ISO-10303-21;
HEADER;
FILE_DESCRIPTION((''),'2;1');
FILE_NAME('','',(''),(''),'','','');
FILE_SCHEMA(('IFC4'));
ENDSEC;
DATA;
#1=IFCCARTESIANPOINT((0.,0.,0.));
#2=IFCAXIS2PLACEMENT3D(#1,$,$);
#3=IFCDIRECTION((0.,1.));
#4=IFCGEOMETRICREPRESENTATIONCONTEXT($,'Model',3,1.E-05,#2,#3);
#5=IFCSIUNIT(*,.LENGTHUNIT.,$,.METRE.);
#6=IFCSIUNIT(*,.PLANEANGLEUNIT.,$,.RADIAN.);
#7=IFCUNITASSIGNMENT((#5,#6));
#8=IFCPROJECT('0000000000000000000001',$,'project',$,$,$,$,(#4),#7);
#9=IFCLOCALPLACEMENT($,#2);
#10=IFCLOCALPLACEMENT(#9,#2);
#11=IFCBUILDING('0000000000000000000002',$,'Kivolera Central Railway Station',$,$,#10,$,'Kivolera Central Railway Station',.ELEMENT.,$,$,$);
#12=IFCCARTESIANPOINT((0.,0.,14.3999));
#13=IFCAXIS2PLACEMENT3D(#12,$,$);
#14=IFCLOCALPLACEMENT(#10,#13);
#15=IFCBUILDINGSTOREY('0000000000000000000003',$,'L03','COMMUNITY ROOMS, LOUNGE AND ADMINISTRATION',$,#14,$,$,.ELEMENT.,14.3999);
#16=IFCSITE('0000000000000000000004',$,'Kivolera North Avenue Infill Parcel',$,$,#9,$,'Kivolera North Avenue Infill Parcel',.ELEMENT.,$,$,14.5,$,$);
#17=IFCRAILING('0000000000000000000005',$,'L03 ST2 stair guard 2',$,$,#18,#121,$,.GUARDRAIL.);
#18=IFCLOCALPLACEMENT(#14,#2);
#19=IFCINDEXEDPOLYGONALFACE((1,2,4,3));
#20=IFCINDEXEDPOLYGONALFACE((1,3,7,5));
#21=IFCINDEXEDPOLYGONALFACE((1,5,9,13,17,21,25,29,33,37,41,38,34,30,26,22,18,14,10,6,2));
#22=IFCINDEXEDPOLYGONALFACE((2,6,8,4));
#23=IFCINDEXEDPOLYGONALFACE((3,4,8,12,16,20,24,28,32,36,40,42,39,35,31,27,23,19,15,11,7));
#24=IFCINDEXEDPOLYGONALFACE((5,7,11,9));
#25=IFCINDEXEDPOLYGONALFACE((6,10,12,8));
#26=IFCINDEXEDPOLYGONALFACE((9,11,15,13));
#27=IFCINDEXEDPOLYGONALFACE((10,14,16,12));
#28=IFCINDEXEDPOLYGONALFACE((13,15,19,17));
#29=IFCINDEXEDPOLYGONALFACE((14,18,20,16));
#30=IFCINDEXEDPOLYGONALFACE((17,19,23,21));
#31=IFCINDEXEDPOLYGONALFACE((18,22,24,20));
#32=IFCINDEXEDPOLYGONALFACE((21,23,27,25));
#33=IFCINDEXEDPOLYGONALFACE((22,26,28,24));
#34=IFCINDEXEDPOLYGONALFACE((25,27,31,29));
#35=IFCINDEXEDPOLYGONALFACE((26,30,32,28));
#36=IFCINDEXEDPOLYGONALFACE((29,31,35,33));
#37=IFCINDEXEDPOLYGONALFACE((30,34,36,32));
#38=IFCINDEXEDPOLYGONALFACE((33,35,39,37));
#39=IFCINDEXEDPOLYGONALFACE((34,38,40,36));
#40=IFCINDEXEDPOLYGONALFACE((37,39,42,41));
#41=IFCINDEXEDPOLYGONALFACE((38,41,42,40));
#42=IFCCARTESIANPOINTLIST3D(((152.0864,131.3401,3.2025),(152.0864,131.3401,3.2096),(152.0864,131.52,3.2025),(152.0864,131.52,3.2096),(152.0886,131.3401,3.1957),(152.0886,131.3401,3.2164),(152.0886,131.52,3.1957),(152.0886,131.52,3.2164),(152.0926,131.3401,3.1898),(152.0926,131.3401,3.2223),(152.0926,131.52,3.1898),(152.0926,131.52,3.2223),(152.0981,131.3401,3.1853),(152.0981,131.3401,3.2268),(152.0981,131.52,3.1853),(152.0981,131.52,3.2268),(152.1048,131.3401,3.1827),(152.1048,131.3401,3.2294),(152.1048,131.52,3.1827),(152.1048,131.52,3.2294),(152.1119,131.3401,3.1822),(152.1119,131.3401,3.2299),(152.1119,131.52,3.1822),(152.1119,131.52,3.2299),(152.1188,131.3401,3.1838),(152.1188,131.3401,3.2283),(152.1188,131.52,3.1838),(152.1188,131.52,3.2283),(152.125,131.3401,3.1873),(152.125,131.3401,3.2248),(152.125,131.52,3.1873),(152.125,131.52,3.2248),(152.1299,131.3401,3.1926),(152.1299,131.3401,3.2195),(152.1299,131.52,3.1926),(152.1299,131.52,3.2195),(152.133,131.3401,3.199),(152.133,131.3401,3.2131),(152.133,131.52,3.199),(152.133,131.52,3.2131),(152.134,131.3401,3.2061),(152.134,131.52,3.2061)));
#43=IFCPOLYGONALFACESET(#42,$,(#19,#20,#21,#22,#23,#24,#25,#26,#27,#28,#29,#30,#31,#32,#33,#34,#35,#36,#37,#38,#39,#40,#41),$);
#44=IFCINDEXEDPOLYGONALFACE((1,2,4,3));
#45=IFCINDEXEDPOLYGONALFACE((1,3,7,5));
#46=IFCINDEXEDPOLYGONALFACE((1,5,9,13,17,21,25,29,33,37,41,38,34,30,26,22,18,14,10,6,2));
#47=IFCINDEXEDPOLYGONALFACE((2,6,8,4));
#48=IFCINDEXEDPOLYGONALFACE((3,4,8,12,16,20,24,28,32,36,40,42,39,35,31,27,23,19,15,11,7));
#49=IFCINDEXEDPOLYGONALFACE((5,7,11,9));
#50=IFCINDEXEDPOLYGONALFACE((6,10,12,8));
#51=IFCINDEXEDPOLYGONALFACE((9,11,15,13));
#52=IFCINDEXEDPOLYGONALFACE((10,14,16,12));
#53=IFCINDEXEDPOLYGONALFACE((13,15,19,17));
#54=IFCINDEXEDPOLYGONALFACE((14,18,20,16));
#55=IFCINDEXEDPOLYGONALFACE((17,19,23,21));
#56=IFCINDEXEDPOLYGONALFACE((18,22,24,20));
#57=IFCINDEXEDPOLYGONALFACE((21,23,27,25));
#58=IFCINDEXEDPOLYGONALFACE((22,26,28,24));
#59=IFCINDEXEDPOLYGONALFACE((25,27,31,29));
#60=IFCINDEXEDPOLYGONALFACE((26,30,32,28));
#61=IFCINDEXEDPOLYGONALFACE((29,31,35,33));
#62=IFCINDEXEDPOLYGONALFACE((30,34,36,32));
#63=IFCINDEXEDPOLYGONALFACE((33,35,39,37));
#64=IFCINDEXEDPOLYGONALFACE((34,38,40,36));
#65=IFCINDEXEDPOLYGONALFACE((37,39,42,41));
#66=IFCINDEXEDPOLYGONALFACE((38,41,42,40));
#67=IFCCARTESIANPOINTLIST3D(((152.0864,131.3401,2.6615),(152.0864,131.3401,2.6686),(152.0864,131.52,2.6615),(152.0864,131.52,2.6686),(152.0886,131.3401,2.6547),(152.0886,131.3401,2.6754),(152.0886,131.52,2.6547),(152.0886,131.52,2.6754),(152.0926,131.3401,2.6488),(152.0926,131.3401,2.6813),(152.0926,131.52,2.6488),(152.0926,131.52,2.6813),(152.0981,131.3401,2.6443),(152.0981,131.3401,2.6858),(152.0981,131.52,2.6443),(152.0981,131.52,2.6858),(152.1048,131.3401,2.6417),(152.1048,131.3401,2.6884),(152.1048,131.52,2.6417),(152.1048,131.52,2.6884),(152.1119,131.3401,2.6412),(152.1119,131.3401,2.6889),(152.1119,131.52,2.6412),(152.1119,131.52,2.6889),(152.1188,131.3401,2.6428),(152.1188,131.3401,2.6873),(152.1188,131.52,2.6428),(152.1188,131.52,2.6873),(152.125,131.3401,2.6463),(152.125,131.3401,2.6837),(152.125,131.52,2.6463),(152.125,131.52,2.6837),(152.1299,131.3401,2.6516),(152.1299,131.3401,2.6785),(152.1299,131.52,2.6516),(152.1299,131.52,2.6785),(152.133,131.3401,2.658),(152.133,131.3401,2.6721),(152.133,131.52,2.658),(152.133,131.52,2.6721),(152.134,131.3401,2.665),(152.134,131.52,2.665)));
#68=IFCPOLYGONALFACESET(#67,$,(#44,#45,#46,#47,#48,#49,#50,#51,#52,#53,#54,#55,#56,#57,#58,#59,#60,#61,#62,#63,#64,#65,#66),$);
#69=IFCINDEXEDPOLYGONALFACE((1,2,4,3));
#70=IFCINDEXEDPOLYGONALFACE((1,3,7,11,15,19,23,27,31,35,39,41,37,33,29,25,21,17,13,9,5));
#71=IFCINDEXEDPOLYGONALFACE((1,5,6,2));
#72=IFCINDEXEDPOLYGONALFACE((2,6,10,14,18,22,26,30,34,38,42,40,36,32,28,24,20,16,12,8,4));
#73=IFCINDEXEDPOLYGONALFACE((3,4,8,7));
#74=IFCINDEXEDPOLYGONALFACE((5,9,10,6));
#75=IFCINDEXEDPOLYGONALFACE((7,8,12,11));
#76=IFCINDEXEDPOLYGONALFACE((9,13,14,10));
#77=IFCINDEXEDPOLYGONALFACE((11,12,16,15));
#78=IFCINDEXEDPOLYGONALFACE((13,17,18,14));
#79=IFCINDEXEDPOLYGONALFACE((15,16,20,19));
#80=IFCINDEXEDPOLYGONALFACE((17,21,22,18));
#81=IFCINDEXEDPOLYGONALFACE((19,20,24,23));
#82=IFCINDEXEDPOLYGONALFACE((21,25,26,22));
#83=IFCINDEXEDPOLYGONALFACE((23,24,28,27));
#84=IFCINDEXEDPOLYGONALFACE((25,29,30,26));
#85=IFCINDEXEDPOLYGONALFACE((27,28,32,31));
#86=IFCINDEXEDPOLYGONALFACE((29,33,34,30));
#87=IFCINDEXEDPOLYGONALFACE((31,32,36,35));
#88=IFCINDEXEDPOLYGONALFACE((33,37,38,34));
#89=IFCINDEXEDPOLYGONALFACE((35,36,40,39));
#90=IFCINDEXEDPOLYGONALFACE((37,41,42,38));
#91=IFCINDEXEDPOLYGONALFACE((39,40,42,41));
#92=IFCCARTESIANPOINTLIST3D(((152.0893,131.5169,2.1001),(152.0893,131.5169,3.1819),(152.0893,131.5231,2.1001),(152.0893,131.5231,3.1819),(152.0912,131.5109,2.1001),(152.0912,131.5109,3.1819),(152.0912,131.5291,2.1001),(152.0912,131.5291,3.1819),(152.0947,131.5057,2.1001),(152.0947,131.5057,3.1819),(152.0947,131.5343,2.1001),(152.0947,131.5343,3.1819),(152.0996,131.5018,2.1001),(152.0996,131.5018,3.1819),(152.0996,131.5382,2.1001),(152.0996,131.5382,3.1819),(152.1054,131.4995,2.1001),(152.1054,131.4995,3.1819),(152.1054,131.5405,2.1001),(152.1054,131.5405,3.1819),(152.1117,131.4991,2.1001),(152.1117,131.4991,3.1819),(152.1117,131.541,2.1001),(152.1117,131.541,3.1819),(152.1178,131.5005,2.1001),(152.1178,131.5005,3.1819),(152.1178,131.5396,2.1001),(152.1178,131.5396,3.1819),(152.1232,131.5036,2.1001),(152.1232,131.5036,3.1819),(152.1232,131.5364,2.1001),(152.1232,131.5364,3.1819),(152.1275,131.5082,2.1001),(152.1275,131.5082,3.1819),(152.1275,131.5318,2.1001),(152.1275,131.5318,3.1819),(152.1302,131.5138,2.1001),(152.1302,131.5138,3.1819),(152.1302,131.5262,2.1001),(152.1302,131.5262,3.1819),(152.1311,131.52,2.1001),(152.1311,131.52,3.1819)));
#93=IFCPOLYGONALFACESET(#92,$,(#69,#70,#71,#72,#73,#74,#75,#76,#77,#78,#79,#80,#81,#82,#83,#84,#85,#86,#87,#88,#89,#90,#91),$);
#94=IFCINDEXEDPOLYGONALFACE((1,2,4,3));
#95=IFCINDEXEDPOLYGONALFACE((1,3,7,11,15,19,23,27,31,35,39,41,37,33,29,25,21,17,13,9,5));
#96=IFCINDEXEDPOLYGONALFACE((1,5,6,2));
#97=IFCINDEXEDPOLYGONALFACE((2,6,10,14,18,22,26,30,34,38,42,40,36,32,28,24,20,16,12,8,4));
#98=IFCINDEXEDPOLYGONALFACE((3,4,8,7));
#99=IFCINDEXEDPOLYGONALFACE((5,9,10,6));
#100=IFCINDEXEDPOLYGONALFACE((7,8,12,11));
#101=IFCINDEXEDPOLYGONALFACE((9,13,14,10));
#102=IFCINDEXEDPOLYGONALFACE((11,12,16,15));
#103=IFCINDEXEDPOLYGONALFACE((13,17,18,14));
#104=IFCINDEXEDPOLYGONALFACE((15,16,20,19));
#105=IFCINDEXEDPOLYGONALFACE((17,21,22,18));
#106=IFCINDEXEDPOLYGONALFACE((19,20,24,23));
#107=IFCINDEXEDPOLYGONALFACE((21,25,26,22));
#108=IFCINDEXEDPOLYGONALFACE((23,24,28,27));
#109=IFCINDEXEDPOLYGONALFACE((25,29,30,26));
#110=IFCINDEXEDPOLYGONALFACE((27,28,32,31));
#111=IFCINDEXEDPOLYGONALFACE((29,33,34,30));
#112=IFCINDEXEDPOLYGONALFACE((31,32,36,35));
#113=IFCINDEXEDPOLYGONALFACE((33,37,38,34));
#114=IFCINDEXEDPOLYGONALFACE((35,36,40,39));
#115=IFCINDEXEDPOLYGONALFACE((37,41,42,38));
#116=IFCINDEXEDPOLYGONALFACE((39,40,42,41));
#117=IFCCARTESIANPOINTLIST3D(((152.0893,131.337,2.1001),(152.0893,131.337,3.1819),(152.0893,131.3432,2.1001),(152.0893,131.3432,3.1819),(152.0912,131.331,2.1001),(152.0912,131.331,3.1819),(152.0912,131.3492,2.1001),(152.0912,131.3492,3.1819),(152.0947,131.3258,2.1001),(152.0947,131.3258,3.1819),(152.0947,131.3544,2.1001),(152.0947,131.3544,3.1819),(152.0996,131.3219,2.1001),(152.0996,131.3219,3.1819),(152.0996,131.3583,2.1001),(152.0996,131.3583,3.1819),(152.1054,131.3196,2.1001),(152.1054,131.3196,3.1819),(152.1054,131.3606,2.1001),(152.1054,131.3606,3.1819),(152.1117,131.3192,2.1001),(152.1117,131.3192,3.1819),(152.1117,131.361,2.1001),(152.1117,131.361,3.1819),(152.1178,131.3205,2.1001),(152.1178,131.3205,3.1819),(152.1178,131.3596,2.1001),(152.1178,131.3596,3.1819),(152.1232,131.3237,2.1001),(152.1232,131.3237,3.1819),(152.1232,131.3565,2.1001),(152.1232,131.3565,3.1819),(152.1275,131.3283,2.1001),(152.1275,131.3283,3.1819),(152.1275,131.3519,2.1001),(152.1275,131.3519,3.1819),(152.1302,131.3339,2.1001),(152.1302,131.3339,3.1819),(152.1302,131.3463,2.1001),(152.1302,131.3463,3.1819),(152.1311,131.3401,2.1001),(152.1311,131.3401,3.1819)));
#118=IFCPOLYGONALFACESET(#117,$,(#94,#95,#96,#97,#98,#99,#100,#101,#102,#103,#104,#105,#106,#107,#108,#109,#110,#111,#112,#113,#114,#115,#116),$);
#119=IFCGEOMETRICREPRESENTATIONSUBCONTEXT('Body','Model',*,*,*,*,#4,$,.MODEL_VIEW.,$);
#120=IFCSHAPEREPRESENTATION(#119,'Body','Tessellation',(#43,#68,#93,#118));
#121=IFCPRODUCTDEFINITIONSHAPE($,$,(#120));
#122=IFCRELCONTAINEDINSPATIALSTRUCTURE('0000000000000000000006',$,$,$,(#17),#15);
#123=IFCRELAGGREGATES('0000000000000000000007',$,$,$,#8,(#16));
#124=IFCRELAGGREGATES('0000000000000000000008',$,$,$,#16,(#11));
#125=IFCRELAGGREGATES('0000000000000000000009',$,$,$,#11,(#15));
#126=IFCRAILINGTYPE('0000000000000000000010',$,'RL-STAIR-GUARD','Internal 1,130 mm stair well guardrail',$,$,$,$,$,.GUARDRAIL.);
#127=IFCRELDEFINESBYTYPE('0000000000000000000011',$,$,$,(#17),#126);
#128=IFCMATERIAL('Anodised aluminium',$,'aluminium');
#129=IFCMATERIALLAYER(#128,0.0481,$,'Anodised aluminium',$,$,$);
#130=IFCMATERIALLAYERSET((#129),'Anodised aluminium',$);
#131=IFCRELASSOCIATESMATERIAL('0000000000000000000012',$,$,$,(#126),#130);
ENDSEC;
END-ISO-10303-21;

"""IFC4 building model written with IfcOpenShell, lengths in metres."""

from ifc_helpers import new_model, si_unit, direction, frame, origin, origin_2d, place, context, subcontext, project, spatial, circle, extrude, material, layer, layer_set, type_object, element, save


model = new_model("IFC4")

# Units and contexts
model_context = context("Model", 3, precision=1e-05, world=origin(), true_north=direction((0.0, 1.0)))
body_context = subcontext(model_context, "Body", "Model", "MODEL_VIEW")
ifc_project = project(units=[si_unit("LENGTHUNIT", "METRE"), si_unit("PLANEANGLEUNIT", "RADIAN")], contexts=[model_context])

# Site, building, storey
site_placement = place(None, origin())
site = spatial("IfcSite", under=ifc_project, at=site_placement, Name="Kivolera North Avenue Infill Parcel", LongName="Kivolera North Avenue Infill Parcel", CompositionType="ELEMENT", RefElevation=14.5)
building_placement = place(site_placement, origin())
building = spatial("IfcBuilding", under=site, at=building_placement, Name="Kivolera Central Railway Station", LongName="Kivolera Central Railway Station", CompositionType="ELEMENT")
storey_placement = place(building_placement, frame((0.0, 0.0, 14.3999)))
storey = spatial("IfcBuildingStorey", under=building, at=storey_placement, Name="L03", Description="COMMUNITY ROOMS, LOUNGE AND ADMINISTRATION", CompositionType="ELEMENT", Elevation=14.3999)

# Railing
ifc_material_1 = material(Name="Anodised aluminium", Category="aluminium")
ifc_layer_1 = layer(ifc_material_1, 0.0481, Name="Anodised aluminium")
ifc_layer_set_1 = layer_set([ifc_layer_1], Name="Anodised aluminium")
railing_type_1 = type_object("IfcRailingType", Name="RL-STAIR-GUARD", Description="Internal 1,130 mm stair well guardrail", PredefinedType="GUARDRAIL", material=ifc_layer_set_1)
railing_1_placement = place(storey_placement, frame((152.1101, 131.52, 2.1001)))
element("IfcRailing", 1, at=railing_1_placement, inside=storey, type_object=railing_type_1, Name="L03 ST2 stair guard 2", PredefinedType="GUARDRAIL", context=body_context, shape_type="SweptSolid", body=[
    extrude(circle(Radius=0.0239, at=origin_2d()), frame((0.0, 0.0, 1.106), z_axis=(0.0, -1.0, 0.0), x_axis=(1.0, 0.0, 0.0)), (0.0, 0.0, 1.0), 0.1799),
    extrude(circle(Radius=0.0239, at=origin_2d()), frame((0.0, 0.0, 0.5649), z_axis=(0.0, -1.0, 0.0), x_axis=(1.0, 0.0, 0.0)), (0.0, 0.0, 1.0), 0.1799),
    extrude(circle(Radius=0.021, at=origin_2d()), origin(), (0.0, 0.0, 1.0), 1.0818),
    extrude(circle(Radius=0.021, at=origin_2d()), frame((0.0, -0.1799, 0.0)), (0.0, 0.0, 1.0), 1.0818),
])

save(model, "model.ifc")
